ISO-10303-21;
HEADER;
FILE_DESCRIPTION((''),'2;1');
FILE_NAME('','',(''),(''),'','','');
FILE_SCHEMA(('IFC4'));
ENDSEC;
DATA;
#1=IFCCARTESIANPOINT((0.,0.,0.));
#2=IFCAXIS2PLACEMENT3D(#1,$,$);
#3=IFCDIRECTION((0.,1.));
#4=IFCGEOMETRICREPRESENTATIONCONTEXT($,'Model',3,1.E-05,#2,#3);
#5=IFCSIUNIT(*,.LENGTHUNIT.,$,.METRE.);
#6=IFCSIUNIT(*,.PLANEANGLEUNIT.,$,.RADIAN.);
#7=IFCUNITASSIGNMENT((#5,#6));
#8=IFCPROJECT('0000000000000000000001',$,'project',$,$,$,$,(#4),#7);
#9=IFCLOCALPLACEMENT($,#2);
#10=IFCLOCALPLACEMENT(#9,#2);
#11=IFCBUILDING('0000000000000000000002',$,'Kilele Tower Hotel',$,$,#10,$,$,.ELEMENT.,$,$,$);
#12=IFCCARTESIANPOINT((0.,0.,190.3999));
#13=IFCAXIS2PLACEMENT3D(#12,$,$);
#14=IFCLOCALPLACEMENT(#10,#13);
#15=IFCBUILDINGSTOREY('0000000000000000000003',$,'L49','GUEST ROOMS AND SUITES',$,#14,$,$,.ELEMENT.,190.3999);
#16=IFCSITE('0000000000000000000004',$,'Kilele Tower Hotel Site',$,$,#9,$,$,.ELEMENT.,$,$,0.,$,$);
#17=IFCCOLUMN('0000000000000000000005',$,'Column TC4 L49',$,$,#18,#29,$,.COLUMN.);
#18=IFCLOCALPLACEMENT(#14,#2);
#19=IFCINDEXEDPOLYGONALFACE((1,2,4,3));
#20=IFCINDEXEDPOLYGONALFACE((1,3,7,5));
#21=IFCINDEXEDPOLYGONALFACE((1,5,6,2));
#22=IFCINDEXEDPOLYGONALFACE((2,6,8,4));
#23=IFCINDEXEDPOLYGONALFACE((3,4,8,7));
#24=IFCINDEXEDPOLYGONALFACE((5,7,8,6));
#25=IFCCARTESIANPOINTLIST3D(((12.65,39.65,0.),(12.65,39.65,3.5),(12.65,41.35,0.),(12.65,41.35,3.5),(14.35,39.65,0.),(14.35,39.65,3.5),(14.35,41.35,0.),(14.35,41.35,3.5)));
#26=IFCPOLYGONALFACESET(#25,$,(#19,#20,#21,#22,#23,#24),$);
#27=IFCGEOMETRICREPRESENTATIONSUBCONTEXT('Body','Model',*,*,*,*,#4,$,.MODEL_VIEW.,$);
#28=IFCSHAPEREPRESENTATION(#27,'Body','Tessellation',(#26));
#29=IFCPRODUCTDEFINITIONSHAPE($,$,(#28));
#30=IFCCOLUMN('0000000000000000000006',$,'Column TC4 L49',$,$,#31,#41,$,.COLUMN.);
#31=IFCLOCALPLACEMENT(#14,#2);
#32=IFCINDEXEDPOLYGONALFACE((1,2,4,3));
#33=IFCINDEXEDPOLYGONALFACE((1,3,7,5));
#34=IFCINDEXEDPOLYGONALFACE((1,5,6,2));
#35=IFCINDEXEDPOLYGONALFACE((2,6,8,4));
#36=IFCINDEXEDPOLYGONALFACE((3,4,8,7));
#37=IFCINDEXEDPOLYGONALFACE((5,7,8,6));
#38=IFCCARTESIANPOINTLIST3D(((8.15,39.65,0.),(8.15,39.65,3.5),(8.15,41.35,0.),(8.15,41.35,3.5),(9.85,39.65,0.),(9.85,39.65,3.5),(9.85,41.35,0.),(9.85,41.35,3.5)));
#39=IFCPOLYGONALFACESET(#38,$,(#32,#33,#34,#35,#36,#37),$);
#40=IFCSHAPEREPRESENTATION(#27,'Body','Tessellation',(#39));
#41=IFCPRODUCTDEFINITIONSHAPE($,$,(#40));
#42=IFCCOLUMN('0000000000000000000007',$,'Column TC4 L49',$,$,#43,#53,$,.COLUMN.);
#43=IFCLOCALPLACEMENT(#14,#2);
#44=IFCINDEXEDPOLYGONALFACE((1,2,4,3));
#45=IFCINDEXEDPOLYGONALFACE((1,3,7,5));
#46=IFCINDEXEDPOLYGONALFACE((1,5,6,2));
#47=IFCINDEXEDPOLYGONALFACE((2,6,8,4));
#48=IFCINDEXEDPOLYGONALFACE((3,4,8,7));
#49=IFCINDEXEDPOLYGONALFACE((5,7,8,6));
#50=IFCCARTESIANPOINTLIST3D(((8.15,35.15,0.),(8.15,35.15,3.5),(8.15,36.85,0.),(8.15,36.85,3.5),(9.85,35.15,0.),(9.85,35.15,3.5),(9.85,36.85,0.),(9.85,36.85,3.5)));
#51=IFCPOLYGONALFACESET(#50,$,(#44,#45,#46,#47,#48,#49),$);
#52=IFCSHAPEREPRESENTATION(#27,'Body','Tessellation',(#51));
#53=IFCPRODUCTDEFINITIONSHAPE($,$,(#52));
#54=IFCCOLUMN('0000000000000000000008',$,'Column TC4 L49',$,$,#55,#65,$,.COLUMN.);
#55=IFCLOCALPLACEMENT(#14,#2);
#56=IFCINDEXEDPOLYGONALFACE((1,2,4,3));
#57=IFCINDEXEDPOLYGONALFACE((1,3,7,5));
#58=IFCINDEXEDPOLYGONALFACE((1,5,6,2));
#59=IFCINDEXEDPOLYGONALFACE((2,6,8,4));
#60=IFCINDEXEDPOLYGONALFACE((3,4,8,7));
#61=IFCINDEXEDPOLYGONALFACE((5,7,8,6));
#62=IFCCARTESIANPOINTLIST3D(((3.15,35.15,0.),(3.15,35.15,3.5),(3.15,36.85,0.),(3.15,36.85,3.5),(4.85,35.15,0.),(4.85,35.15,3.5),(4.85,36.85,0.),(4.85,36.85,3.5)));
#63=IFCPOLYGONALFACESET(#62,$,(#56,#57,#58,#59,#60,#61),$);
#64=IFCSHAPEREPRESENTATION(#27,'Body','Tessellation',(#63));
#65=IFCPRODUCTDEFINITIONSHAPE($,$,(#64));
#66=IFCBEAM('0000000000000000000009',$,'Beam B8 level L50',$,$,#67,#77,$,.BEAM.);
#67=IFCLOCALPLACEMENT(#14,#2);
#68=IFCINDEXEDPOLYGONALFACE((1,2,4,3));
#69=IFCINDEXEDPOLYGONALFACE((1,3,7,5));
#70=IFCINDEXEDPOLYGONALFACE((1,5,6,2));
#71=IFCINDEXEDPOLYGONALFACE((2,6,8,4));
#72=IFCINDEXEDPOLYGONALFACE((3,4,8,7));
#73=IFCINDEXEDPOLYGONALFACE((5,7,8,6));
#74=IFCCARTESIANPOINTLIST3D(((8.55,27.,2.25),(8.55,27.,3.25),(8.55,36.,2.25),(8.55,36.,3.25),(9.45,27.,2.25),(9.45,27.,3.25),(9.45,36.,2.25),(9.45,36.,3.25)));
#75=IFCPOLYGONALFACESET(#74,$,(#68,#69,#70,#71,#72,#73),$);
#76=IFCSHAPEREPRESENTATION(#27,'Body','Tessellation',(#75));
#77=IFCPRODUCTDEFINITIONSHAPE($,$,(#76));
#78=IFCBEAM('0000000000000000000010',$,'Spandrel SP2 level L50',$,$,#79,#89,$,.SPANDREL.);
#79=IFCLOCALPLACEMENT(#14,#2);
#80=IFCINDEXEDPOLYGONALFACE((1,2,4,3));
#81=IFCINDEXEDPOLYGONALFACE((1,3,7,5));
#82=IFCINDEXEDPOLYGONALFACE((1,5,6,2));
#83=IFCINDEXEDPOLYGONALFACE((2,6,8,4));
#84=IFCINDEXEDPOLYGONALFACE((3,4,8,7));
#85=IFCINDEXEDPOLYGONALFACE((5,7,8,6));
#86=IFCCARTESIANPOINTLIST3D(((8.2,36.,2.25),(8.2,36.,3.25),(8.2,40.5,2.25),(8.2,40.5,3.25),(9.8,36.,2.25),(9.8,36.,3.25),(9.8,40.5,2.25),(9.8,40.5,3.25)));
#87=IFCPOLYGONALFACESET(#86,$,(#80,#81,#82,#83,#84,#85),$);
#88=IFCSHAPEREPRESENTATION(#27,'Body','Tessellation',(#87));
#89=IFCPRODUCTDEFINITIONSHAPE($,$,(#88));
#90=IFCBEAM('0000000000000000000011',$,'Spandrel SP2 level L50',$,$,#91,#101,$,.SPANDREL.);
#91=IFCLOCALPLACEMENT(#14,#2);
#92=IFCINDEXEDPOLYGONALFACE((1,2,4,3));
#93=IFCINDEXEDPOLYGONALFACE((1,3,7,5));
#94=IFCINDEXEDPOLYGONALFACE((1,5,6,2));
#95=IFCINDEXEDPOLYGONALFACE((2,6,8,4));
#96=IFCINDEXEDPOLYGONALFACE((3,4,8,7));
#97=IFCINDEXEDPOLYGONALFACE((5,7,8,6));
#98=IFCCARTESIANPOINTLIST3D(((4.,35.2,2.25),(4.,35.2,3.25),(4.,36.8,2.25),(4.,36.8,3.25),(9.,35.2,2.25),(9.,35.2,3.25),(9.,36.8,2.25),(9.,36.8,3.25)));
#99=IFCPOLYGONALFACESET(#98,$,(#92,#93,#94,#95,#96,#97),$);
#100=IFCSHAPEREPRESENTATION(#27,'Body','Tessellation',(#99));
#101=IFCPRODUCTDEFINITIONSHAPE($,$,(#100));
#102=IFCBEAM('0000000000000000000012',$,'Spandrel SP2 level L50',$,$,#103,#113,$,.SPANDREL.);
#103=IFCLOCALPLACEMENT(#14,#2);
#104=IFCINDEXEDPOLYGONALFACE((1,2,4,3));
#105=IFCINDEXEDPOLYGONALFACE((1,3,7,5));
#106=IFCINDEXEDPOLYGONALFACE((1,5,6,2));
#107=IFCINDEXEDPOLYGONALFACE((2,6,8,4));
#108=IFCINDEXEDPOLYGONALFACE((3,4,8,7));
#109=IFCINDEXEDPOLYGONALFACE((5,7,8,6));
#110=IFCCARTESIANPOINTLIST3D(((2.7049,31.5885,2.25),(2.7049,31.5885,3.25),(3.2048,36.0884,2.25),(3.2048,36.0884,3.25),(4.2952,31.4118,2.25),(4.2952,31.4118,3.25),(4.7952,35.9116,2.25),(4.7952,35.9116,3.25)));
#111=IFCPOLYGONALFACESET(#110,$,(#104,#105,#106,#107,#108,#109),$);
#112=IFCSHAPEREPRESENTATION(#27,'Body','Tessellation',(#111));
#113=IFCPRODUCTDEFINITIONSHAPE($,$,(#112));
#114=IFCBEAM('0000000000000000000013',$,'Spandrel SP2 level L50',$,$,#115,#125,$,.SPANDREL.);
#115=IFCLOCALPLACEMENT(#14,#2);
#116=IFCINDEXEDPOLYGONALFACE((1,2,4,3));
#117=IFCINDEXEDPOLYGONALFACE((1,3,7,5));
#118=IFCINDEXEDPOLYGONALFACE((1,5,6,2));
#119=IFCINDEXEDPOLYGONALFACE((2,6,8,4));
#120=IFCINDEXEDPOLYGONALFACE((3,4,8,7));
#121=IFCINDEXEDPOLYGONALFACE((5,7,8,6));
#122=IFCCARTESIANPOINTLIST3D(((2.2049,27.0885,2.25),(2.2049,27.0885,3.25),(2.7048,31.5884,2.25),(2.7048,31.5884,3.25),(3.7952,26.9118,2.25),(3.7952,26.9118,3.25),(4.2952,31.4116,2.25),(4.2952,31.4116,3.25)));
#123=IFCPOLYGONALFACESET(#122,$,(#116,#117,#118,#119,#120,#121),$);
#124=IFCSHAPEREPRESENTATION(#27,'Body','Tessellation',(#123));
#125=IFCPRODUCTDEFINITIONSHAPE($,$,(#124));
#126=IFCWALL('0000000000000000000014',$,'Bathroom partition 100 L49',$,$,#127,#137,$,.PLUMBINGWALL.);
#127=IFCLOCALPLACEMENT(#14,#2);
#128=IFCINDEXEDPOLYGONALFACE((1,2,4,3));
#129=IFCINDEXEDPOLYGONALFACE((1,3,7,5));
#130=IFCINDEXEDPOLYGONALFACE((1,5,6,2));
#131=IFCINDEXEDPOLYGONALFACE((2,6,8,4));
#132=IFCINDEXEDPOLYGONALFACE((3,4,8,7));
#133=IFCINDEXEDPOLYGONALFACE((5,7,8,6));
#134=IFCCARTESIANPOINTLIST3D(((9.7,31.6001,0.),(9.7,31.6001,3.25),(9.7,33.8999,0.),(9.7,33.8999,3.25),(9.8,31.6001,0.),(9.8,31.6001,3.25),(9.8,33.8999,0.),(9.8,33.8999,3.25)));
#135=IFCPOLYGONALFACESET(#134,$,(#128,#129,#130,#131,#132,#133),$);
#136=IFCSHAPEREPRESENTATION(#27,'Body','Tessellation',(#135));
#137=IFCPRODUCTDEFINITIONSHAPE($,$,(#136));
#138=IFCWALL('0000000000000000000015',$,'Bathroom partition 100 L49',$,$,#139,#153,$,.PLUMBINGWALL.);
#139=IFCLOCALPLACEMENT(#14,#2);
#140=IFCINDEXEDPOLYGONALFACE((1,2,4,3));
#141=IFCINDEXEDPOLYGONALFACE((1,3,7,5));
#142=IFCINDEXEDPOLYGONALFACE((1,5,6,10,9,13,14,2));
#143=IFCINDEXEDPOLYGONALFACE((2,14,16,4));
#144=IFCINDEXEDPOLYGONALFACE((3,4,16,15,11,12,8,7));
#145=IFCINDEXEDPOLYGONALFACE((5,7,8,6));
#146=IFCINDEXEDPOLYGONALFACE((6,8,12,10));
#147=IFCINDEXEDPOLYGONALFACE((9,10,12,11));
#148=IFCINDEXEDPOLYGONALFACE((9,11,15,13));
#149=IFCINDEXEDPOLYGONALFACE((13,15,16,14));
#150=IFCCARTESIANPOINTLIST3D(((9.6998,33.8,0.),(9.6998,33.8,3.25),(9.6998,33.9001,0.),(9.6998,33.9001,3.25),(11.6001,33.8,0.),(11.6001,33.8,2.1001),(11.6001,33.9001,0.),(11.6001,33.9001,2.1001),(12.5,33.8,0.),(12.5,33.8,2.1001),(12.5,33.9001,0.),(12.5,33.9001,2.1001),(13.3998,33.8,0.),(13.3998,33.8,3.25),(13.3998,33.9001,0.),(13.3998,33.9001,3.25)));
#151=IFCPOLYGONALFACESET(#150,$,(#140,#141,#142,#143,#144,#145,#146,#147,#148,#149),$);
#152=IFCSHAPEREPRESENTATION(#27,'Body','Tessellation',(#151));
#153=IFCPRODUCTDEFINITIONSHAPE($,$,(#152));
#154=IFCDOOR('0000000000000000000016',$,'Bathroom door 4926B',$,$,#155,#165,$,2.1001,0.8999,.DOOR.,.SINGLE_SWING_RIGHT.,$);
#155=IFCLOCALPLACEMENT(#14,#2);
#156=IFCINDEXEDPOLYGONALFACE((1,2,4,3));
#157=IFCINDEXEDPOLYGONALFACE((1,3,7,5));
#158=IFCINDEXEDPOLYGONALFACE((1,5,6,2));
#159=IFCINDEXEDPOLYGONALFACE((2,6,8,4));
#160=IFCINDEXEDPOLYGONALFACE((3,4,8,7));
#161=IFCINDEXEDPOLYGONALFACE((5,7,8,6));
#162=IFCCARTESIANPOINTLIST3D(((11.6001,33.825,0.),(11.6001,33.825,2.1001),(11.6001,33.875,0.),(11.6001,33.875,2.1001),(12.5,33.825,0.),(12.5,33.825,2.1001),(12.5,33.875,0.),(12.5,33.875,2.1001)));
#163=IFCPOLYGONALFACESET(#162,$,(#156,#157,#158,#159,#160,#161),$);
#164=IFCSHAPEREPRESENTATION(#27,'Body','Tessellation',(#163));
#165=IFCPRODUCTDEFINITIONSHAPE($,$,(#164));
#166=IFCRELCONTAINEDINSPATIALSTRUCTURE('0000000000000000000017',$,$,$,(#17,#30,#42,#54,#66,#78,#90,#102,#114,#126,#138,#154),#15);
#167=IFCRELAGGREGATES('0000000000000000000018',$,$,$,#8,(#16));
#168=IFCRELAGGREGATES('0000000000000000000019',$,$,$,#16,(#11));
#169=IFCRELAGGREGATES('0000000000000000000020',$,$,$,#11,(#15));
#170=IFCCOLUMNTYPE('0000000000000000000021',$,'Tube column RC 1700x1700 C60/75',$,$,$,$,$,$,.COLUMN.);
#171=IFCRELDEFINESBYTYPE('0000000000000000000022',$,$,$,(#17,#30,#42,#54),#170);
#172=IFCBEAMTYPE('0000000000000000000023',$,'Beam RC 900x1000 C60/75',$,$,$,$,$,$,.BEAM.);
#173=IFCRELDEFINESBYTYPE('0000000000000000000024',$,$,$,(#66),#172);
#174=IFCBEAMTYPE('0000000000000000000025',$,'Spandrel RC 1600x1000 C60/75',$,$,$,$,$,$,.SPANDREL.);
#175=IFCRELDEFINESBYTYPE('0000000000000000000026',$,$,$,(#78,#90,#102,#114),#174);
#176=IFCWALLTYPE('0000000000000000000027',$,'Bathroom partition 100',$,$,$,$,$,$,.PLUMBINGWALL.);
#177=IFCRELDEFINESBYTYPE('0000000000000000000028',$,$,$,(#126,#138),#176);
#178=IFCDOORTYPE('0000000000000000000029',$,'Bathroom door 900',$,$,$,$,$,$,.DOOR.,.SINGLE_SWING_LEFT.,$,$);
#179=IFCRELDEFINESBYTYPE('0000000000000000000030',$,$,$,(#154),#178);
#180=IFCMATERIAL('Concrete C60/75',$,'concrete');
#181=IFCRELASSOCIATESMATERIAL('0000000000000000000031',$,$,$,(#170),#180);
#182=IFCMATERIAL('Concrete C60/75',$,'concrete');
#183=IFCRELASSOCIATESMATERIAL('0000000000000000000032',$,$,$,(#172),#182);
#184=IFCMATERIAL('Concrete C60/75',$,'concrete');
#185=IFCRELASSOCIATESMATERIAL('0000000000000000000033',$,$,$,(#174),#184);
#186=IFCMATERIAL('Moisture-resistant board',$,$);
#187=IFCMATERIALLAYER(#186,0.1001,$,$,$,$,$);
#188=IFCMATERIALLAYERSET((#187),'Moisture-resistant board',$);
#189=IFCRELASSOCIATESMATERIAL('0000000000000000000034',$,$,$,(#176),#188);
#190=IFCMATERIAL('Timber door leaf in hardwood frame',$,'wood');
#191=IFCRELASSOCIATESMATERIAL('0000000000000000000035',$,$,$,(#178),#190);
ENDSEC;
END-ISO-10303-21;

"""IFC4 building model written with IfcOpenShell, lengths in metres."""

from ifc_helpers import new_model, si_unit, direction, frame, frame_2d, origin, origin_2d, place, context, subcontext, project, spatial, rectangle, extrude, material, layer, layer_set, material_profile, profile_set, type_object, element, fill, save


model = new_model("IFC4")

# Units and contexts
model_context = context("Model", 3, precision=1e-05, world=origin(), true_north=direction((0.0, 1.0)))
body_context = subcontext(model_context, "Body", "Model", "MODEL_VIEW")
ifc_project = project(units=[si_unit("LENGTHUNIT", "METRE"), si_unit("PLANEANGLEUNIT", "RADIAN")], contexts=[model_context])

# Site, building, storey
site_placement = place(None, origin())
site = spatial("IfcSite", under=ifc_project, at=site_placement, Name="Kilele Tower Hotel Site", CompositionType="ELEMENT", RefElevation=0.0)
building_placement = place(site_placement, origin())
building = spatial("IfcBuilding", under=site, at=building_placement, Name="Kilele Tower Hotel", CompositionType="ELEMENT")
storey_placement = place(building_placement, frame((0.0, 0.0, 190.3999)))
storey = spatial("IfcBuildingStorey", under=building, at=storey_placement, Name="L49", Description="GUEST ROOMS AND SUITES", CompositionType="ELEMENT", Elevation=190.3999)

# Columns
ifc_material_1 = material(Name="Concrete C60/75", Category="concrete")
ifc_material_profile_1 = material_profile(ifc_material_1, rectangle(XDim=1.7, YDim=1.7, at=origin_2d()))
ifc_profile_set_1 = profile_set([ifc_material_profile_1], Name="Concrete C60/75")
column_type = type_object("IfcColumnType", Name="Tube column RC 1700x1700 C60/75", PredefinedType="COLUMN", material=ifc_profile_set_1)
for number, where, z_axis, x_axis, name in (
    (1, (13.5, 40.5, 0.0), (0.0, 0.0, 1.0), (1.0, 0.0, 0.0), "Column TC4 L49"),
    (2, (9.0, 40.5, 0.0), (0.0, 0.0, 1.0), (1.0, 0.0, 0.0), "Column TC4 L49"),
    (3, (9.0, 36.0, 0.0), (0.0, 0.0, 1.0), (1.0, 0.0, 0.0), "Column TC4 L49"),
    (4, (4.0, 36.0, 0.0), (0.0, 0.0, 1.0), (1.0, 0.0, 0.0), "Column TC4 L49"),
):
    element("IfcColumn", number, at=place(storey_placement, frame(where, z_axis=z_axis, x_axis=x_axis)), inside=storey, type_object=column_type, Name=name, PredefinedType="COLUMN", context=body_context, shape_type="SweptSolid", body=[
        extrude(rectangle(XDim=1.7, YDim=1.7, at=origin_2d()), origin(), (0.0, 0.0, 1.0), 3.5),
    ])

# Beams
ifc_material_2 = material(Name="Concrete C60/75", Category="concrete")
ifc_material_profile_2 = material_profile(ifc_material_2, rectangle(XDim=0.8999, YDim=1.0, at=origin_2d()))
ifc_profile_set_2 = profile_set([ifc_material_profile_2], Name="Concrete C60/75")
beam_type_1 = type_object("IfcBeamType", Name="Beam RC 900x1000 C60/75", PredefinedType="BEAM", material=ifc_profile_set_2)
beam_1_placement = place(storey_placement, frame((9.0, 36.0, 2.75), z_axis=(0.0, -1.0, 0.0), x_axis=(1.0, 0.0, 0.0)))
element("IfcBeam", 5, at=beam_1_placement, inside=storey, type_object=beam_type_1, Name="Beam B8 level L50", PredefinedType="BEAM", context=body_context, shape_type="SweptSolid", body=[
    extrude(rectangle(XDim=0.8999, YDim=1.0, at=origin_2d()), origin(), (0.0, 0.0, 1.0), 9.0),
])
ifc_material_3 = material(Name="Concrete C60/75", Category="concrete")
ifc_material_profile_3 = material_profile(ifc_material_3, rectangle(XDim=1.6001, YDim=1.0, at=origin_2d()))
ifc_profile_set_3 = profile_set([ifc_material_profile_3], Name="Concrete C60/75")
beam_type_2 = type_object("IfcBeamType", Name="Spandrel RC 1600x1000 C60/75", PredefinedType="SPANDREL", material=ifc_profile_set_3)
beam_2_placement = place(storey_placement, frame((9.0, 40.5, 2.75), z_axis=(0.0, -1.0, 0.0), x_axis=(1.0, 0.0, 0.0)))
element("IfcBeam", 6, at=beam_2_placement, inside=storey, type_object=beam_type_2, Name="Spandrel SP2 level L50", PredefinedType="SPANDREL", context=body_context, shape_type="SweptSolid", body=[
    extrude(rectangle(XDim=1.6001, YDim=1.0, at=origin_2d()), origin(), (0.0, 0.0, 1.0), 4.5),
])
beam_3_placement = place(storey_placement, frame((9.0, 36.0, 2.75), z_axis=(-1.0, 0.0, 0.0), x_axis=(0.0, -1.0, 0.0)))
element("IfcBeam", 7, at=beam_3_placement, inside=storey, type_object=beam_type_2, Name="Spandrel SP2 level L50", PredefinedType="SPANDREL", context=body_context, shape_type="SweptSolid", body=[
    extrude(rectangle(XDim=1.6001, YDim=1.0, at=origin_2d()), origin(), (0.0, 0.0, 1.0), 5.0),
])
for number, where, z_axis, x_axis, name in (
    (8, (4.0, 36.0, 2.75), (-0.110432, -0.993884, 0.0), (0.993884, -0.110432, 0.0), "Spandrel SP2 level L50"),
    (9, (3.5, 31.5, 2.75), (-0.110432, -0.993884, 0.0), (0.993884, -0.110432, 0.0), "Spandrel SP2 level L50"),
):
    element("IfcBeam", number, at=place(storey_placement, frame(where, z_axis=z_axis, x_axis=x_axis)), inside=storey, type_object=beam_type_2, Name=name, PredefinedType="SPANDREL", context=body_context, shape_type="SweptSolid", body=[
        extrude(rectangle(XDim=1.6001, YDim=1.0, at=origin_2d()), origin(), (0.0, 0.0, 1.0), 4.5276),
    ])

# Wall
ifc_material_4 = material(Name="Moisture-resistant board")
ifc_layer_1 = layer(ifc_material_4, 0.1001)
ifc_layer_set_1 = layer_set([ifc_layer_1], Name="Moisture-resistant board")
wall_type_1 = type_object("IfcWallType", Name="Bathroom partition 100", PredefinedType="PLUMBINGWALL", material=ifc_layer_set_1)
wall_1_placement = place(storey_placement, frame((9.75, 31.6001, 0.0), z_axis=(0.0, 0.0, 1.0), x_axis=(0.0, 1.0, 0.0)))
element("IfcWall", 10, at=wall_1_placement, inside=storey, type_object=wall_type_1, Name="Bathroom partition 100 L49", PredefinedType="PLUMBINGWALL", context=body_context, shape_type="SweptSolid", body=[
    extrude(rectangle(XDim=2.2998, YDim=0.1001, at=frame_2d((1.1499, 0.0))), origin(), (0.0, 0.0, 1.0), 3.25),
])

# Wall, opening, door
wall_2_placement = place(storey_placement, frame((13.3999, 33.8501, 0.0), z_axis=(0.0, 0.0, 1.0), x_axis=(-1.0, 0.0, 0.0)))
wall_2 = element("IfcWall", 11, at=wall_2_placement, inside=storey, type_object=wall_type_1, Name="Bathroom partition 100 L49", PredefinedType="PLUMBINGWALL", context=body_context, shape_type="SweptSolid", body=[
    extrude(rectangle(XDim=3.7, YDim=0.1001, at=frame_2d((1.8501, 0.0))), origin(), (0.0, 0.0, 1.0), 3.25),
])
opening_1_placement = place(wall_2_placement, frame((1.7998, 0.0, 0.0), z_axis=(0.0, 0.0, 1.0), x_axis=(-1.0, 0.0, 0.0)))
opening_1 = element("IfcOpeningElement", 12, at=opening_1_placement, cuts=wall_2, PredefinedType="OPENING", context=body_context, shape_type="SweptSolid", body=[
    extrude(rectangle(XDim=0.8999, YDim=2.1001, at=frame_2d((0.45, 1.05))), frame((0.0, 0.0601, 0.0), z_axis=(0.0, -1.0, 0.0), x_axis=(1.0, 0.0, 0.0)), (0.0, 0.0, 1.0), 0.1201),
])
ifc_material_5 = material(Name="Timber door leaf in hardwood frame", Category="wood")
door_type_1 = type_object("IfcDoorType", Name="Bathroom door 900", OperationType="SINGLE_SWING_LEFT", PredefinedType="DOOR", material=ifc_material_5)
door_1_placement = place(opening_1_placement, origin())
door_1 = element("IfcDoor", 13, at=door_1_placement, inside=storey, type_object=door_type_1, Name="Bathroom door 4926B", OperationType="SINGLE_SWING_RIGHT", OverallHeight=2.1001, OverallWidth=0.8999, PredefinedType="DOOR", context=body_context, shape_type="SweptSolid", body=[
    extrude(rectangle(XDim=0.8999, YDim=2.1001, at=frame_2d((0.45, 1.05))), frame((0.0, 0.0249, 0.0), z_axis=(0.0, -1.0, 0.0), x_axis=(1.0, 0.0, 0.0)), (0.0, 0.0, 1.0), 0.05),
])
fill(opening_1, door_1)

save(model, "model.ifc")
